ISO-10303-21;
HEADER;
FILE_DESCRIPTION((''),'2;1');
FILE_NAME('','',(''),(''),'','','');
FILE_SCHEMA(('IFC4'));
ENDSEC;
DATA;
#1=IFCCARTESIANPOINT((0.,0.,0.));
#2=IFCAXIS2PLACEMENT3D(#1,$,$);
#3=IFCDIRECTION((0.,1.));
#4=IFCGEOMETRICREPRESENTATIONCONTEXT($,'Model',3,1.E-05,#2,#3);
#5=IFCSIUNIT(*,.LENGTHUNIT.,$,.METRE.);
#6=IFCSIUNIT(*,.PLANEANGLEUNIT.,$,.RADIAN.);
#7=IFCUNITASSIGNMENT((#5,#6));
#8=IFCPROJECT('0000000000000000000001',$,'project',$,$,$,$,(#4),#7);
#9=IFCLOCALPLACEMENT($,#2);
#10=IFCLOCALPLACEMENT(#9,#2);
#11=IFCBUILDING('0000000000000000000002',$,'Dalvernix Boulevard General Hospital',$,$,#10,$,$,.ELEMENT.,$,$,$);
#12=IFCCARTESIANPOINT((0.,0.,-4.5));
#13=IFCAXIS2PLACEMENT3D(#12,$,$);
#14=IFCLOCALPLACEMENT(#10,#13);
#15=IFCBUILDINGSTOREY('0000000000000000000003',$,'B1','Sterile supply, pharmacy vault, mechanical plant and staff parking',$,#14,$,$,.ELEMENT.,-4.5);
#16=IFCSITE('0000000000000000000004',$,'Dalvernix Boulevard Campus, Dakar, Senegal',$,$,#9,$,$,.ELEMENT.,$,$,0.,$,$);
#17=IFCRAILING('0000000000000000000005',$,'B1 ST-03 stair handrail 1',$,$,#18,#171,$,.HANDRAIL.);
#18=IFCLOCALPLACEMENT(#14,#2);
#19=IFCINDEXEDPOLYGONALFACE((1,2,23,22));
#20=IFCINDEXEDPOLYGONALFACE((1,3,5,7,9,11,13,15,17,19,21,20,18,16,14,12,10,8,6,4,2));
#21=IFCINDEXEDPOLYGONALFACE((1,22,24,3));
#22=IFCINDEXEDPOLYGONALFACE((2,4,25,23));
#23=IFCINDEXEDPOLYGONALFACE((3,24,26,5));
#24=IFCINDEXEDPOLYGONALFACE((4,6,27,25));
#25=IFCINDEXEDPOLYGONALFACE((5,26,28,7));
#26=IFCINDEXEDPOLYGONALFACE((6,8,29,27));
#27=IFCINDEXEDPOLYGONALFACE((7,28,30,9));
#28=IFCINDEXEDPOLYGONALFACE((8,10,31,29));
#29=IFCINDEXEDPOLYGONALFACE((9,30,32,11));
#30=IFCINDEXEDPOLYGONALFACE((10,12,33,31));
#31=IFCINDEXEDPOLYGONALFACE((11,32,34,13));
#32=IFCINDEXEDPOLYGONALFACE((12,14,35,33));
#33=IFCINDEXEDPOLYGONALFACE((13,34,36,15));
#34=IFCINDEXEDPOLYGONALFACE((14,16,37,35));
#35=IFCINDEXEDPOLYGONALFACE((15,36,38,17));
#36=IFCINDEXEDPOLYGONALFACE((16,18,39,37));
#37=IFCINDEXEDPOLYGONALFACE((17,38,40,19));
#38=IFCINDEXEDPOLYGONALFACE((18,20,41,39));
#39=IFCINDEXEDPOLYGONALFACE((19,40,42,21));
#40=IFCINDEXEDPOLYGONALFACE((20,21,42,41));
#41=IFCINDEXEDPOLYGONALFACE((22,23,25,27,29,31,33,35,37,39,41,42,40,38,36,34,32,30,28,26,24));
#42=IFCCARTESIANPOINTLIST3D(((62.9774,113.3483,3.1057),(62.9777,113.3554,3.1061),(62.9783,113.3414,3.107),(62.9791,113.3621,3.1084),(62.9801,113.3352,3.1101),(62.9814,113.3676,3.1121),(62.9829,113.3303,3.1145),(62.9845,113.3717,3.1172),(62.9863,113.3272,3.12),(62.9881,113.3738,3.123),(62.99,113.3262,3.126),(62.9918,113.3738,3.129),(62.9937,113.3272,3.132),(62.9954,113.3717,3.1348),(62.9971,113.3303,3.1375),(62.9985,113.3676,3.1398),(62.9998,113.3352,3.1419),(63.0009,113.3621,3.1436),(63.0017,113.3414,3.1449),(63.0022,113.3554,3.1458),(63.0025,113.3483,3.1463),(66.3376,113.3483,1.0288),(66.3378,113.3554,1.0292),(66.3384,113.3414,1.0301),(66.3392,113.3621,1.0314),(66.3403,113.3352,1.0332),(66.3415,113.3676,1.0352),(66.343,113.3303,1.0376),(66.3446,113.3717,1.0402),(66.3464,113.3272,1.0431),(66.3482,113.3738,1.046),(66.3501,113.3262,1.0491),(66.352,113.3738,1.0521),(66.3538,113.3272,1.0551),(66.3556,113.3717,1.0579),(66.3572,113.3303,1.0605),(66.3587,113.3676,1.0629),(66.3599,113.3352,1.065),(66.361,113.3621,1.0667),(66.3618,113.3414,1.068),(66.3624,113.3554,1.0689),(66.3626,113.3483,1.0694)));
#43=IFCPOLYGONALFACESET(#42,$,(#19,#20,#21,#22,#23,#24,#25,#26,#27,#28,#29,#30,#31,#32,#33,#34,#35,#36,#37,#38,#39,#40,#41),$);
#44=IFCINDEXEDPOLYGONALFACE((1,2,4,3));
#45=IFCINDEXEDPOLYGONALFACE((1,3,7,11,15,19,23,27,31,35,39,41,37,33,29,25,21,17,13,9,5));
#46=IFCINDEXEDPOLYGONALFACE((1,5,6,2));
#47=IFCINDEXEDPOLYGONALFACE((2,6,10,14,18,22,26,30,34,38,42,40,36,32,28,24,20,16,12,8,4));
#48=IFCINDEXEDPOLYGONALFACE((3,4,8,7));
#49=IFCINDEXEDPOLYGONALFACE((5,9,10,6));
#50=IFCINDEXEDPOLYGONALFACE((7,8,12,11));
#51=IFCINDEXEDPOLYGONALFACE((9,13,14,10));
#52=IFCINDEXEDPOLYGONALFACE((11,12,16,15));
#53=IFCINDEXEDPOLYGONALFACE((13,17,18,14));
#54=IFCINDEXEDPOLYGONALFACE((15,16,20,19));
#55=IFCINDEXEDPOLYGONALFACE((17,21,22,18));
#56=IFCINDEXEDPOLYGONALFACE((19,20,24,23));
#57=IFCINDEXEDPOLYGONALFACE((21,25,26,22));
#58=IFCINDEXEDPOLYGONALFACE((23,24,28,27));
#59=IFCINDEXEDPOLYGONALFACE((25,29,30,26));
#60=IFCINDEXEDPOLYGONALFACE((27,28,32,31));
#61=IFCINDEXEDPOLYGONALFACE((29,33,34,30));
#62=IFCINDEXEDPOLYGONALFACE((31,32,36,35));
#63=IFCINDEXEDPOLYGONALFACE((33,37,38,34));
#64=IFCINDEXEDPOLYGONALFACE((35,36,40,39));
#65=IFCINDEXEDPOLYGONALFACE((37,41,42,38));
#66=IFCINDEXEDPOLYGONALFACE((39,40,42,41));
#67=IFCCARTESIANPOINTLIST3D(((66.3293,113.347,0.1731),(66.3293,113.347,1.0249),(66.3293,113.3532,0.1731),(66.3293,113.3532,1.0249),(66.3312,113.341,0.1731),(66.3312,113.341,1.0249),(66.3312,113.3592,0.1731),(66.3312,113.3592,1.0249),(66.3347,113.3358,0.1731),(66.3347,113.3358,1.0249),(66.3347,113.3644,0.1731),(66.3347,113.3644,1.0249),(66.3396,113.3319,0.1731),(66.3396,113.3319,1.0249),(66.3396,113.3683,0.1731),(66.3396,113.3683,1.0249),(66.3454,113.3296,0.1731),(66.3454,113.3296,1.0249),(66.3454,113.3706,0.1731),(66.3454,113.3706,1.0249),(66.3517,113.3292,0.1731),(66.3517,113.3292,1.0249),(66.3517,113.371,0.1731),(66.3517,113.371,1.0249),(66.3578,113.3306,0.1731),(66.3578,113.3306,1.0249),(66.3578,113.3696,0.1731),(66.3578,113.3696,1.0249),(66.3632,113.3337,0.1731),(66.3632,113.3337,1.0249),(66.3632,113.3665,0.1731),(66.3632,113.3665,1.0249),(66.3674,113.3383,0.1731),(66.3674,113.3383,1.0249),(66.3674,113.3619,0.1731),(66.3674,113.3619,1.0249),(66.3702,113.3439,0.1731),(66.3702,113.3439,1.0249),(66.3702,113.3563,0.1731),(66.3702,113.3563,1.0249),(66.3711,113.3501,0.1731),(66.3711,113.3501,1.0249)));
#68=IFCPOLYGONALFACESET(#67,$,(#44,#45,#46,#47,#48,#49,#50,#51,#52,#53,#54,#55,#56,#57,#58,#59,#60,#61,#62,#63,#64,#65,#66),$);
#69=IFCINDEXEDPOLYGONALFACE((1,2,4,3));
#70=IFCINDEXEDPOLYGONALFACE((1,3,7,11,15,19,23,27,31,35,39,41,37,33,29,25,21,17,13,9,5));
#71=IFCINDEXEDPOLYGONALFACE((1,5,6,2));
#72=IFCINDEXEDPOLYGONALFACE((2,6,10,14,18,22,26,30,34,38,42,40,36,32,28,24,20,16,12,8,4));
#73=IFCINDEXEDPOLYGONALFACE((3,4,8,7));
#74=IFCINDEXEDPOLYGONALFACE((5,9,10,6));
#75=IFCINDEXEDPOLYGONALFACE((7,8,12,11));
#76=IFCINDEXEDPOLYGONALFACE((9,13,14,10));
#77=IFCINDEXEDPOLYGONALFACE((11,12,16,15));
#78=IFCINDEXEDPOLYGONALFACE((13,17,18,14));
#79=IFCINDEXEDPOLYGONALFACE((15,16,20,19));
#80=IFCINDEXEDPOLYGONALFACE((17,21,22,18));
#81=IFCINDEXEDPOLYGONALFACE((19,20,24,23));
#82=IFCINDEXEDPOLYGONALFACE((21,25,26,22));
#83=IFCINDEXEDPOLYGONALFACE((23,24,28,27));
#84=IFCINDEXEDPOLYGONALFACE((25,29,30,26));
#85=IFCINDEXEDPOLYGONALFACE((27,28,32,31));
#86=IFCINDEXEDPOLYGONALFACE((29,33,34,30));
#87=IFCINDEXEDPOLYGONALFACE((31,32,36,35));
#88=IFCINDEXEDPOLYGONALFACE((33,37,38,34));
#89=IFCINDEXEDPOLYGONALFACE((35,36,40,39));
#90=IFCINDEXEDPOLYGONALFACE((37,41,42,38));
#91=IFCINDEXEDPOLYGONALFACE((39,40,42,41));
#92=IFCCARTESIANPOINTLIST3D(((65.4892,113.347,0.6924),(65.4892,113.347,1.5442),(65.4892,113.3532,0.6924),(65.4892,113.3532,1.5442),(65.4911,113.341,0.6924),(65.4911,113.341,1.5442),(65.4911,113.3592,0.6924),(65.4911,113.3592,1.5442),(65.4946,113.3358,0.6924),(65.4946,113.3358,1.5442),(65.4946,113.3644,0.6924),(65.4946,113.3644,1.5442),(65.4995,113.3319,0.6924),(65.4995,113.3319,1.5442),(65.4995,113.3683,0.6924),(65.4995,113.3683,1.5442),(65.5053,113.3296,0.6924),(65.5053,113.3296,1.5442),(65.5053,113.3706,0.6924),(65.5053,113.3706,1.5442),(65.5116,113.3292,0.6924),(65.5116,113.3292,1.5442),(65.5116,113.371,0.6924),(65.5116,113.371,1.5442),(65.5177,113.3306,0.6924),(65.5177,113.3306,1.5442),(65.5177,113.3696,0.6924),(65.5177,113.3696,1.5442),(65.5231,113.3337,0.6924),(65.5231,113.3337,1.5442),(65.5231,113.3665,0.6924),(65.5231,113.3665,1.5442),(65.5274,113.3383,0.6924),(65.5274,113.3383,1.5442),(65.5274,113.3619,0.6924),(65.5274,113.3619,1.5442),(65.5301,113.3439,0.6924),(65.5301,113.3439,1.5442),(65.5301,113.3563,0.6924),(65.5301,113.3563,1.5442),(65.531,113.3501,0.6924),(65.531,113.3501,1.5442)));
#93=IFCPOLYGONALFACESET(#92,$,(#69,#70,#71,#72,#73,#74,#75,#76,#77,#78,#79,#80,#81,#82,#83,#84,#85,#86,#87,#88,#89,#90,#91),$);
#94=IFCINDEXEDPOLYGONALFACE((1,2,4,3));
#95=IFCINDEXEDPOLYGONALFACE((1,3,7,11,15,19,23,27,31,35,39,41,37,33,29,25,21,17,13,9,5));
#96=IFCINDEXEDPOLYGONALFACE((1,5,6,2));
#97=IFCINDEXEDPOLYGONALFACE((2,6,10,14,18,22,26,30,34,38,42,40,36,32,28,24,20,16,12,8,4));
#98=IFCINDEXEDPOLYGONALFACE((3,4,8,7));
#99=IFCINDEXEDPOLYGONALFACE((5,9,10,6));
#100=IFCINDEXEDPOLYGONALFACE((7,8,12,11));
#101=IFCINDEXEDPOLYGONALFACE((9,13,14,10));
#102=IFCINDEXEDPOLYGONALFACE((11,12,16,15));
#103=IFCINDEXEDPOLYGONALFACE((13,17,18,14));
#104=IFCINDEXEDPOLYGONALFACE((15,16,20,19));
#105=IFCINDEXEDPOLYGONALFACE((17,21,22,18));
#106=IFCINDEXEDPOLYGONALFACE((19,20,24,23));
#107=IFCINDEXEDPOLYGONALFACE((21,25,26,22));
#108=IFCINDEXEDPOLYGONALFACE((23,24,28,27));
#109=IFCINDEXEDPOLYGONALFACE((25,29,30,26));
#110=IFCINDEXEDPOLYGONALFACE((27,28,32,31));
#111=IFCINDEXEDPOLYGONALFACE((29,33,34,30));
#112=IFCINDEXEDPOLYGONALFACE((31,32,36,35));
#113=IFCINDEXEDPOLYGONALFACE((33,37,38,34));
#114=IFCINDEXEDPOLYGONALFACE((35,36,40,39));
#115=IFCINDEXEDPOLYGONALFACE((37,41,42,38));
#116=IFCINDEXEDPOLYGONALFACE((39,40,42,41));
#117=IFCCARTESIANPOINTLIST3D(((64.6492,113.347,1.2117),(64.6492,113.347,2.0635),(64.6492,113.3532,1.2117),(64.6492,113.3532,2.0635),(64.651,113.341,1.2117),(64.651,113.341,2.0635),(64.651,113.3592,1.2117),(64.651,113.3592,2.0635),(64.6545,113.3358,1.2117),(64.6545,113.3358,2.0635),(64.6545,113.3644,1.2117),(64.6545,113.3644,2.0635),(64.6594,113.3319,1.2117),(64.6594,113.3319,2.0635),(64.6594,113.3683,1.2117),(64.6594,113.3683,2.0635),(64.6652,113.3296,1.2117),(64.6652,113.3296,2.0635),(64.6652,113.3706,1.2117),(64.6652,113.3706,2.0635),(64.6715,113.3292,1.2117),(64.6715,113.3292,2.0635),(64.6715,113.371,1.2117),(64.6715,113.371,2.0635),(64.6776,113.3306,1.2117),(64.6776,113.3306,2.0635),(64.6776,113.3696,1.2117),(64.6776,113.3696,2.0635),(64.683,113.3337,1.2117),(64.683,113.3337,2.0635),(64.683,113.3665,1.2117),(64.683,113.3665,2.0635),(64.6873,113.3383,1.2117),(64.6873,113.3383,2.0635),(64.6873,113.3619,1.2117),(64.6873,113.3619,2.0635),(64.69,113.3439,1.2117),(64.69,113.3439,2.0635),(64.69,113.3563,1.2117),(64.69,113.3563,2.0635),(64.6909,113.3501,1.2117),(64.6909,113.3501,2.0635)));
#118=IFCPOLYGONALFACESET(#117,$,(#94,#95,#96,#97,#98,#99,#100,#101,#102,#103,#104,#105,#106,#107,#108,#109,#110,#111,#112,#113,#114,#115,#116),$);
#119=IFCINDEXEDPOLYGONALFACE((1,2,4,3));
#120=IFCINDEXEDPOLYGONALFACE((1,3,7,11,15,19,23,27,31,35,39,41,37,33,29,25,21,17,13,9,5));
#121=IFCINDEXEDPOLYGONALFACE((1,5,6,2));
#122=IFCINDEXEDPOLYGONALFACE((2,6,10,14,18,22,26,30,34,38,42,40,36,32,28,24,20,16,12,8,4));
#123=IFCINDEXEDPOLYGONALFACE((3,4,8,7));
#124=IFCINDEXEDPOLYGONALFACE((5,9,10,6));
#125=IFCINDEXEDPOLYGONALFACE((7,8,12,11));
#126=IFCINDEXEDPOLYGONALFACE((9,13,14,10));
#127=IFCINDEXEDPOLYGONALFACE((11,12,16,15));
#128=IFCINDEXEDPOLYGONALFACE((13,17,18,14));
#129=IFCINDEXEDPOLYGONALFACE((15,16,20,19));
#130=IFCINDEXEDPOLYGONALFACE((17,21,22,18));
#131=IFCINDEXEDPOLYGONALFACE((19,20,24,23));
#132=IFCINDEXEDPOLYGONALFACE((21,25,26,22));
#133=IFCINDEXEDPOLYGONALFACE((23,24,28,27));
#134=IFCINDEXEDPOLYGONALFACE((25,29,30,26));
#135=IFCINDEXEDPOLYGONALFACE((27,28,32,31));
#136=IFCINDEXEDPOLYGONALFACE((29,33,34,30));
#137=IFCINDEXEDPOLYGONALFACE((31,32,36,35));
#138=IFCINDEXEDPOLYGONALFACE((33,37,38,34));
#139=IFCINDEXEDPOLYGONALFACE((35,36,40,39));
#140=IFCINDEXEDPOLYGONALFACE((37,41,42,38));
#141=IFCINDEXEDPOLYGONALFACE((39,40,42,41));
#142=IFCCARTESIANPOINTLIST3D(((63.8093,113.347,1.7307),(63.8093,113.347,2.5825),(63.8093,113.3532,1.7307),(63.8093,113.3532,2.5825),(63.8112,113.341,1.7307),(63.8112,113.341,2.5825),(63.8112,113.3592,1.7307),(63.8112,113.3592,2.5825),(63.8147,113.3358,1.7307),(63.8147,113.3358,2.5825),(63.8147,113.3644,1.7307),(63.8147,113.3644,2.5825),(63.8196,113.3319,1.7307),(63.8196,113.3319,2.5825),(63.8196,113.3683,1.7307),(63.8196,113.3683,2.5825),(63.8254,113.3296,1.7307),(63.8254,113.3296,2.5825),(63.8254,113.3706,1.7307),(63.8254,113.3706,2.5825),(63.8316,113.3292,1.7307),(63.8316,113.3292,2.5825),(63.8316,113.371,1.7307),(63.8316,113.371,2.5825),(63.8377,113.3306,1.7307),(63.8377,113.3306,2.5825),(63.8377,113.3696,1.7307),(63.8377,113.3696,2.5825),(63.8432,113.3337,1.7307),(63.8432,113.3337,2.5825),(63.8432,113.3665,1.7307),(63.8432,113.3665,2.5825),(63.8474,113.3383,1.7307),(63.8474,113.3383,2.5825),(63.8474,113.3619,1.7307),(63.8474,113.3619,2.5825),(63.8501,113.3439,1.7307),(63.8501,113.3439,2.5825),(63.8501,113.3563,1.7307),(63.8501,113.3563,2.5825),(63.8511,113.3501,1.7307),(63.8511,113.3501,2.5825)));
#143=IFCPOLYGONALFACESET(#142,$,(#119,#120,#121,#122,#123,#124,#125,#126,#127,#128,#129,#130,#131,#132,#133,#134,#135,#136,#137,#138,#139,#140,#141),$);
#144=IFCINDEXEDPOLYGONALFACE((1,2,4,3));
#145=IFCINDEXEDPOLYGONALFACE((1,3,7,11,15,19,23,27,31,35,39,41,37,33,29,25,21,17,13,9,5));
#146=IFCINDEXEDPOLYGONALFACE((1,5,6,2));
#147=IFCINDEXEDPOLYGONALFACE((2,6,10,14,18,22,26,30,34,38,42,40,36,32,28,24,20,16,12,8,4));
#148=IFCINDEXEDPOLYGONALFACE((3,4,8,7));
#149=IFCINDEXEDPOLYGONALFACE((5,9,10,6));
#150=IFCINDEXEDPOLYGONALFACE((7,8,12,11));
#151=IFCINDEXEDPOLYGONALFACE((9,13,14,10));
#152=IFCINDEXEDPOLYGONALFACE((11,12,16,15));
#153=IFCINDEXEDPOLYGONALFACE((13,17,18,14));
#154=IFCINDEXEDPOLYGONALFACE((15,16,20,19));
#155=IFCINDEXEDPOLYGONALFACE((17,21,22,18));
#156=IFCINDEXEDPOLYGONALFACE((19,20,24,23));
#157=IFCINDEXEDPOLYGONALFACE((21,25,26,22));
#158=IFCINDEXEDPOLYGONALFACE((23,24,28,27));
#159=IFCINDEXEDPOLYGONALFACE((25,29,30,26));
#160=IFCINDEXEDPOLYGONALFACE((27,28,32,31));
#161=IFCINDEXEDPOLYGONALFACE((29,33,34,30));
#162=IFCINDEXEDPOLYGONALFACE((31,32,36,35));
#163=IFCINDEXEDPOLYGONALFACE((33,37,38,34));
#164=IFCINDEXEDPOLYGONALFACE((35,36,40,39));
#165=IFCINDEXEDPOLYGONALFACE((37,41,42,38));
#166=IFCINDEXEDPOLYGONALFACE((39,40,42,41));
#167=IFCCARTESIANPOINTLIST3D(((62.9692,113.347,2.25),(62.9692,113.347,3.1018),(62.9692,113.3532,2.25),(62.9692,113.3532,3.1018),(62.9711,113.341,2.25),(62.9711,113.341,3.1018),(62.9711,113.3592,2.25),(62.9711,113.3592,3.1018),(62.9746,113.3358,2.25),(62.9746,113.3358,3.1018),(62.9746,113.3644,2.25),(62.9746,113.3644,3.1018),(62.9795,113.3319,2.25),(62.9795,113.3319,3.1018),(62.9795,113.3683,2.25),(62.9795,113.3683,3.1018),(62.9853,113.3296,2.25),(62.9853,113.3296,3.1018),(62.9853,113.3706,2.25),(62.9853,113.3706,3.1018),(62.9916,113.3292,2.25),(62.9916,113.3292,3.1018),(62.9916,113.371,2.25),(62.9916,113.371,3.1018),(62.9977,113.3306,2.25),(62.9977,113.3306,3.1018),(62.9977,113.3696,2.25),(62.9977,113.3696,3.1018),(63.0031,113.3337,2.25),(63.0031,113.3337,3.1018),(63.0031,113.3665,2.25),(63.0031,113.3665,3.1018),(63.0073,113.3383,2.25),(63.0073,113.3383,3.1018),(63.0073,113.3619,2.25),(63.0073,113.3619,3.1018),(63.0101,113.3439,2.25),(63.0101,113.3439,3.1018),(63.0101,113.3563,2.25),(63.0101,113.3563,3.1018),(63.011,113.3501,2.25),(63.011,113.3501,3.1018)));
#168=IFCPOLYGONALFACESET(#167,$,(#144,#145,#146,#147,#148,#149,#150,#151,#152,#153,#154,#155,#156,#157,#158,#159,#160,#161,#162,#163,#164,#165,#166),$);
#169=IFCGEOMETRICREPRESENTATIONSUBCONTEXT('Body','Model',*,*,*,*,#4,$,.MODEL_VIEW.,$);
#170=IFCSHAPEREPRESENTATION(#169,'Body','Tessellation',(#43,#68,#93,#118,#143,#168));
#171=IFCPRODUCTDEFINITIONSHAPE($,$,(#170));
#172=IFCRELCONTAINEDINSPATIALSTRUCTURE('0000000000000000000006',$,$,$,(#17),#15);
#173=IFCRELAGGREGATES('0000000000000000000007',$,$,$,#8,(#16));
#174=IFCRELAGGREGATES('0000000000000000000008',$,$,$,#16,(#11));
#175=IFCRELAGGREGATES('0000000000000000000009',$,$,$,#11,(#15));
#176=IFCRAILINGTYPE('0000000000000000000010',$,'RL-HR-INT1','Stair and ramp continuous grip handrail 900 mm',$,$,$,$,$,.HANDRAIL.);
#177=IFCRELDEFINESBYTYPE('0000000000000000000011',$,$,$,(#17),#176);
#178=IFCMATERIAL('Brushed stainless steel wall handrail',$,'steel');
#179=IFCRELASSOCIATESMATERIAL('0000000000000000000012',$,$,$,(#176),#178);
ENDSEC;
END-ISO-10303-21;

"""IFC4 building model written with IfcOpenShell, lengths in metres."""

from ifc_helpers import new_model, si_unit, direction, frame, origin, origin_2d, place, context, subcontext, project, spatial, circle, extrude, material, type_object, element, save


model = new_model("IFC4")

# Units and contexts
model_context = context("Model", 3, precision=1e-05, world=origin(), true_north=direction((0.0, 1.0)))
body_context = subcontext(model_context, "Body", "Model", "MODEL_VIEW")
ifc_project = project(units=[si_unit("LENGTHUNIT", "METRE"), si_unit("PLANEANGLEUNIT", "RADIAN")], contexts=[model_context])

# Site, building, storey
site_placement = place(None, origin())
site = spatial("IfcSite", under=ifc_project, at=site_placement, Name="Dalvernix Boulevard Campus, Dakar, Senegal", CompositionType="ELEMENT", RefElevation=0.0)
building_placement = place(site_placement, origin())
building = spatial("IfcBuilding", under=site, at=building_placement, Name="Dalvernix Boulevard General Hospital", CompositionType="ELEMENT")
storey_placement = place(building_placement, frame((0.0, 0.0, -4.5)))
storey = spatial("IfcBuildingStorey", under=building, at=storey_placement, Name="B1", Description="Sterile supply, pharmacy vault, mechanical plant and staff parking", CompositionType="ELEMENT", Elevation=-4.5)

# Railing
ifc_material_1 = material(Name="Brushed stainless steel wall handrail", Category="steel")
railing_type_1 = type_object("IfcRailingType", Name="RL-HR-INT1", Description="Stair and ramp continuous grip handrail 900 mm", PredefinedType="HANDRAIL", material=ifc_material_1)
railing_1_placement = place(storey_placement, frame((66.3501, 113.3501, 0.1731)))
element("IfcRailing", 1, at=railing_1_placement, inside=storey, type_object=railing_type_1, Name="B1 ST-03 stair handrail 1", PredefinedType="HANDRAIL", context=body_context, shape_type="SweptSolid", body=[
    extrude(circle(Radius=0.0239, at=origin_2d()), frame((0.0, 0.0, 0.876), z_axis=(-0.850623, 0.0, 0.525776), x_axis=(0.0, -1.0, 0.0)), (0.0, 0.0, 1.0), 3.9502),
    extrude(circle(Radius=0.021, at=origin_2d()), origin(), (0.0, 0.0, 1.0), 0.8518),
    extrude(circle(Radius=0.021, at=origin_2d()), frame((-0.8401, 0.0, 0.5193)), (0.0, 0.0, 1.0), 0.8518),
    extrude(circle(Radius=0.021, at=origin_2d()), frame((-1.6802, 0.0, 1.0386)), (0.0, 0.0, 1.0), 0.8518),
    extrude(circle(Radius=0.021, at=origin_2d()), frame((-2.52, 0.0, 1.5576)), (0.0, 0.0, 1.0), 0.8518),
    extrude(circle(Radius=0.021, at=origin_2d()), frame((-3.3601, 0.0, 2.0769)), (0.0, 0.0, 1.0), 0.8518),
])

save(model, "model.ifc")
